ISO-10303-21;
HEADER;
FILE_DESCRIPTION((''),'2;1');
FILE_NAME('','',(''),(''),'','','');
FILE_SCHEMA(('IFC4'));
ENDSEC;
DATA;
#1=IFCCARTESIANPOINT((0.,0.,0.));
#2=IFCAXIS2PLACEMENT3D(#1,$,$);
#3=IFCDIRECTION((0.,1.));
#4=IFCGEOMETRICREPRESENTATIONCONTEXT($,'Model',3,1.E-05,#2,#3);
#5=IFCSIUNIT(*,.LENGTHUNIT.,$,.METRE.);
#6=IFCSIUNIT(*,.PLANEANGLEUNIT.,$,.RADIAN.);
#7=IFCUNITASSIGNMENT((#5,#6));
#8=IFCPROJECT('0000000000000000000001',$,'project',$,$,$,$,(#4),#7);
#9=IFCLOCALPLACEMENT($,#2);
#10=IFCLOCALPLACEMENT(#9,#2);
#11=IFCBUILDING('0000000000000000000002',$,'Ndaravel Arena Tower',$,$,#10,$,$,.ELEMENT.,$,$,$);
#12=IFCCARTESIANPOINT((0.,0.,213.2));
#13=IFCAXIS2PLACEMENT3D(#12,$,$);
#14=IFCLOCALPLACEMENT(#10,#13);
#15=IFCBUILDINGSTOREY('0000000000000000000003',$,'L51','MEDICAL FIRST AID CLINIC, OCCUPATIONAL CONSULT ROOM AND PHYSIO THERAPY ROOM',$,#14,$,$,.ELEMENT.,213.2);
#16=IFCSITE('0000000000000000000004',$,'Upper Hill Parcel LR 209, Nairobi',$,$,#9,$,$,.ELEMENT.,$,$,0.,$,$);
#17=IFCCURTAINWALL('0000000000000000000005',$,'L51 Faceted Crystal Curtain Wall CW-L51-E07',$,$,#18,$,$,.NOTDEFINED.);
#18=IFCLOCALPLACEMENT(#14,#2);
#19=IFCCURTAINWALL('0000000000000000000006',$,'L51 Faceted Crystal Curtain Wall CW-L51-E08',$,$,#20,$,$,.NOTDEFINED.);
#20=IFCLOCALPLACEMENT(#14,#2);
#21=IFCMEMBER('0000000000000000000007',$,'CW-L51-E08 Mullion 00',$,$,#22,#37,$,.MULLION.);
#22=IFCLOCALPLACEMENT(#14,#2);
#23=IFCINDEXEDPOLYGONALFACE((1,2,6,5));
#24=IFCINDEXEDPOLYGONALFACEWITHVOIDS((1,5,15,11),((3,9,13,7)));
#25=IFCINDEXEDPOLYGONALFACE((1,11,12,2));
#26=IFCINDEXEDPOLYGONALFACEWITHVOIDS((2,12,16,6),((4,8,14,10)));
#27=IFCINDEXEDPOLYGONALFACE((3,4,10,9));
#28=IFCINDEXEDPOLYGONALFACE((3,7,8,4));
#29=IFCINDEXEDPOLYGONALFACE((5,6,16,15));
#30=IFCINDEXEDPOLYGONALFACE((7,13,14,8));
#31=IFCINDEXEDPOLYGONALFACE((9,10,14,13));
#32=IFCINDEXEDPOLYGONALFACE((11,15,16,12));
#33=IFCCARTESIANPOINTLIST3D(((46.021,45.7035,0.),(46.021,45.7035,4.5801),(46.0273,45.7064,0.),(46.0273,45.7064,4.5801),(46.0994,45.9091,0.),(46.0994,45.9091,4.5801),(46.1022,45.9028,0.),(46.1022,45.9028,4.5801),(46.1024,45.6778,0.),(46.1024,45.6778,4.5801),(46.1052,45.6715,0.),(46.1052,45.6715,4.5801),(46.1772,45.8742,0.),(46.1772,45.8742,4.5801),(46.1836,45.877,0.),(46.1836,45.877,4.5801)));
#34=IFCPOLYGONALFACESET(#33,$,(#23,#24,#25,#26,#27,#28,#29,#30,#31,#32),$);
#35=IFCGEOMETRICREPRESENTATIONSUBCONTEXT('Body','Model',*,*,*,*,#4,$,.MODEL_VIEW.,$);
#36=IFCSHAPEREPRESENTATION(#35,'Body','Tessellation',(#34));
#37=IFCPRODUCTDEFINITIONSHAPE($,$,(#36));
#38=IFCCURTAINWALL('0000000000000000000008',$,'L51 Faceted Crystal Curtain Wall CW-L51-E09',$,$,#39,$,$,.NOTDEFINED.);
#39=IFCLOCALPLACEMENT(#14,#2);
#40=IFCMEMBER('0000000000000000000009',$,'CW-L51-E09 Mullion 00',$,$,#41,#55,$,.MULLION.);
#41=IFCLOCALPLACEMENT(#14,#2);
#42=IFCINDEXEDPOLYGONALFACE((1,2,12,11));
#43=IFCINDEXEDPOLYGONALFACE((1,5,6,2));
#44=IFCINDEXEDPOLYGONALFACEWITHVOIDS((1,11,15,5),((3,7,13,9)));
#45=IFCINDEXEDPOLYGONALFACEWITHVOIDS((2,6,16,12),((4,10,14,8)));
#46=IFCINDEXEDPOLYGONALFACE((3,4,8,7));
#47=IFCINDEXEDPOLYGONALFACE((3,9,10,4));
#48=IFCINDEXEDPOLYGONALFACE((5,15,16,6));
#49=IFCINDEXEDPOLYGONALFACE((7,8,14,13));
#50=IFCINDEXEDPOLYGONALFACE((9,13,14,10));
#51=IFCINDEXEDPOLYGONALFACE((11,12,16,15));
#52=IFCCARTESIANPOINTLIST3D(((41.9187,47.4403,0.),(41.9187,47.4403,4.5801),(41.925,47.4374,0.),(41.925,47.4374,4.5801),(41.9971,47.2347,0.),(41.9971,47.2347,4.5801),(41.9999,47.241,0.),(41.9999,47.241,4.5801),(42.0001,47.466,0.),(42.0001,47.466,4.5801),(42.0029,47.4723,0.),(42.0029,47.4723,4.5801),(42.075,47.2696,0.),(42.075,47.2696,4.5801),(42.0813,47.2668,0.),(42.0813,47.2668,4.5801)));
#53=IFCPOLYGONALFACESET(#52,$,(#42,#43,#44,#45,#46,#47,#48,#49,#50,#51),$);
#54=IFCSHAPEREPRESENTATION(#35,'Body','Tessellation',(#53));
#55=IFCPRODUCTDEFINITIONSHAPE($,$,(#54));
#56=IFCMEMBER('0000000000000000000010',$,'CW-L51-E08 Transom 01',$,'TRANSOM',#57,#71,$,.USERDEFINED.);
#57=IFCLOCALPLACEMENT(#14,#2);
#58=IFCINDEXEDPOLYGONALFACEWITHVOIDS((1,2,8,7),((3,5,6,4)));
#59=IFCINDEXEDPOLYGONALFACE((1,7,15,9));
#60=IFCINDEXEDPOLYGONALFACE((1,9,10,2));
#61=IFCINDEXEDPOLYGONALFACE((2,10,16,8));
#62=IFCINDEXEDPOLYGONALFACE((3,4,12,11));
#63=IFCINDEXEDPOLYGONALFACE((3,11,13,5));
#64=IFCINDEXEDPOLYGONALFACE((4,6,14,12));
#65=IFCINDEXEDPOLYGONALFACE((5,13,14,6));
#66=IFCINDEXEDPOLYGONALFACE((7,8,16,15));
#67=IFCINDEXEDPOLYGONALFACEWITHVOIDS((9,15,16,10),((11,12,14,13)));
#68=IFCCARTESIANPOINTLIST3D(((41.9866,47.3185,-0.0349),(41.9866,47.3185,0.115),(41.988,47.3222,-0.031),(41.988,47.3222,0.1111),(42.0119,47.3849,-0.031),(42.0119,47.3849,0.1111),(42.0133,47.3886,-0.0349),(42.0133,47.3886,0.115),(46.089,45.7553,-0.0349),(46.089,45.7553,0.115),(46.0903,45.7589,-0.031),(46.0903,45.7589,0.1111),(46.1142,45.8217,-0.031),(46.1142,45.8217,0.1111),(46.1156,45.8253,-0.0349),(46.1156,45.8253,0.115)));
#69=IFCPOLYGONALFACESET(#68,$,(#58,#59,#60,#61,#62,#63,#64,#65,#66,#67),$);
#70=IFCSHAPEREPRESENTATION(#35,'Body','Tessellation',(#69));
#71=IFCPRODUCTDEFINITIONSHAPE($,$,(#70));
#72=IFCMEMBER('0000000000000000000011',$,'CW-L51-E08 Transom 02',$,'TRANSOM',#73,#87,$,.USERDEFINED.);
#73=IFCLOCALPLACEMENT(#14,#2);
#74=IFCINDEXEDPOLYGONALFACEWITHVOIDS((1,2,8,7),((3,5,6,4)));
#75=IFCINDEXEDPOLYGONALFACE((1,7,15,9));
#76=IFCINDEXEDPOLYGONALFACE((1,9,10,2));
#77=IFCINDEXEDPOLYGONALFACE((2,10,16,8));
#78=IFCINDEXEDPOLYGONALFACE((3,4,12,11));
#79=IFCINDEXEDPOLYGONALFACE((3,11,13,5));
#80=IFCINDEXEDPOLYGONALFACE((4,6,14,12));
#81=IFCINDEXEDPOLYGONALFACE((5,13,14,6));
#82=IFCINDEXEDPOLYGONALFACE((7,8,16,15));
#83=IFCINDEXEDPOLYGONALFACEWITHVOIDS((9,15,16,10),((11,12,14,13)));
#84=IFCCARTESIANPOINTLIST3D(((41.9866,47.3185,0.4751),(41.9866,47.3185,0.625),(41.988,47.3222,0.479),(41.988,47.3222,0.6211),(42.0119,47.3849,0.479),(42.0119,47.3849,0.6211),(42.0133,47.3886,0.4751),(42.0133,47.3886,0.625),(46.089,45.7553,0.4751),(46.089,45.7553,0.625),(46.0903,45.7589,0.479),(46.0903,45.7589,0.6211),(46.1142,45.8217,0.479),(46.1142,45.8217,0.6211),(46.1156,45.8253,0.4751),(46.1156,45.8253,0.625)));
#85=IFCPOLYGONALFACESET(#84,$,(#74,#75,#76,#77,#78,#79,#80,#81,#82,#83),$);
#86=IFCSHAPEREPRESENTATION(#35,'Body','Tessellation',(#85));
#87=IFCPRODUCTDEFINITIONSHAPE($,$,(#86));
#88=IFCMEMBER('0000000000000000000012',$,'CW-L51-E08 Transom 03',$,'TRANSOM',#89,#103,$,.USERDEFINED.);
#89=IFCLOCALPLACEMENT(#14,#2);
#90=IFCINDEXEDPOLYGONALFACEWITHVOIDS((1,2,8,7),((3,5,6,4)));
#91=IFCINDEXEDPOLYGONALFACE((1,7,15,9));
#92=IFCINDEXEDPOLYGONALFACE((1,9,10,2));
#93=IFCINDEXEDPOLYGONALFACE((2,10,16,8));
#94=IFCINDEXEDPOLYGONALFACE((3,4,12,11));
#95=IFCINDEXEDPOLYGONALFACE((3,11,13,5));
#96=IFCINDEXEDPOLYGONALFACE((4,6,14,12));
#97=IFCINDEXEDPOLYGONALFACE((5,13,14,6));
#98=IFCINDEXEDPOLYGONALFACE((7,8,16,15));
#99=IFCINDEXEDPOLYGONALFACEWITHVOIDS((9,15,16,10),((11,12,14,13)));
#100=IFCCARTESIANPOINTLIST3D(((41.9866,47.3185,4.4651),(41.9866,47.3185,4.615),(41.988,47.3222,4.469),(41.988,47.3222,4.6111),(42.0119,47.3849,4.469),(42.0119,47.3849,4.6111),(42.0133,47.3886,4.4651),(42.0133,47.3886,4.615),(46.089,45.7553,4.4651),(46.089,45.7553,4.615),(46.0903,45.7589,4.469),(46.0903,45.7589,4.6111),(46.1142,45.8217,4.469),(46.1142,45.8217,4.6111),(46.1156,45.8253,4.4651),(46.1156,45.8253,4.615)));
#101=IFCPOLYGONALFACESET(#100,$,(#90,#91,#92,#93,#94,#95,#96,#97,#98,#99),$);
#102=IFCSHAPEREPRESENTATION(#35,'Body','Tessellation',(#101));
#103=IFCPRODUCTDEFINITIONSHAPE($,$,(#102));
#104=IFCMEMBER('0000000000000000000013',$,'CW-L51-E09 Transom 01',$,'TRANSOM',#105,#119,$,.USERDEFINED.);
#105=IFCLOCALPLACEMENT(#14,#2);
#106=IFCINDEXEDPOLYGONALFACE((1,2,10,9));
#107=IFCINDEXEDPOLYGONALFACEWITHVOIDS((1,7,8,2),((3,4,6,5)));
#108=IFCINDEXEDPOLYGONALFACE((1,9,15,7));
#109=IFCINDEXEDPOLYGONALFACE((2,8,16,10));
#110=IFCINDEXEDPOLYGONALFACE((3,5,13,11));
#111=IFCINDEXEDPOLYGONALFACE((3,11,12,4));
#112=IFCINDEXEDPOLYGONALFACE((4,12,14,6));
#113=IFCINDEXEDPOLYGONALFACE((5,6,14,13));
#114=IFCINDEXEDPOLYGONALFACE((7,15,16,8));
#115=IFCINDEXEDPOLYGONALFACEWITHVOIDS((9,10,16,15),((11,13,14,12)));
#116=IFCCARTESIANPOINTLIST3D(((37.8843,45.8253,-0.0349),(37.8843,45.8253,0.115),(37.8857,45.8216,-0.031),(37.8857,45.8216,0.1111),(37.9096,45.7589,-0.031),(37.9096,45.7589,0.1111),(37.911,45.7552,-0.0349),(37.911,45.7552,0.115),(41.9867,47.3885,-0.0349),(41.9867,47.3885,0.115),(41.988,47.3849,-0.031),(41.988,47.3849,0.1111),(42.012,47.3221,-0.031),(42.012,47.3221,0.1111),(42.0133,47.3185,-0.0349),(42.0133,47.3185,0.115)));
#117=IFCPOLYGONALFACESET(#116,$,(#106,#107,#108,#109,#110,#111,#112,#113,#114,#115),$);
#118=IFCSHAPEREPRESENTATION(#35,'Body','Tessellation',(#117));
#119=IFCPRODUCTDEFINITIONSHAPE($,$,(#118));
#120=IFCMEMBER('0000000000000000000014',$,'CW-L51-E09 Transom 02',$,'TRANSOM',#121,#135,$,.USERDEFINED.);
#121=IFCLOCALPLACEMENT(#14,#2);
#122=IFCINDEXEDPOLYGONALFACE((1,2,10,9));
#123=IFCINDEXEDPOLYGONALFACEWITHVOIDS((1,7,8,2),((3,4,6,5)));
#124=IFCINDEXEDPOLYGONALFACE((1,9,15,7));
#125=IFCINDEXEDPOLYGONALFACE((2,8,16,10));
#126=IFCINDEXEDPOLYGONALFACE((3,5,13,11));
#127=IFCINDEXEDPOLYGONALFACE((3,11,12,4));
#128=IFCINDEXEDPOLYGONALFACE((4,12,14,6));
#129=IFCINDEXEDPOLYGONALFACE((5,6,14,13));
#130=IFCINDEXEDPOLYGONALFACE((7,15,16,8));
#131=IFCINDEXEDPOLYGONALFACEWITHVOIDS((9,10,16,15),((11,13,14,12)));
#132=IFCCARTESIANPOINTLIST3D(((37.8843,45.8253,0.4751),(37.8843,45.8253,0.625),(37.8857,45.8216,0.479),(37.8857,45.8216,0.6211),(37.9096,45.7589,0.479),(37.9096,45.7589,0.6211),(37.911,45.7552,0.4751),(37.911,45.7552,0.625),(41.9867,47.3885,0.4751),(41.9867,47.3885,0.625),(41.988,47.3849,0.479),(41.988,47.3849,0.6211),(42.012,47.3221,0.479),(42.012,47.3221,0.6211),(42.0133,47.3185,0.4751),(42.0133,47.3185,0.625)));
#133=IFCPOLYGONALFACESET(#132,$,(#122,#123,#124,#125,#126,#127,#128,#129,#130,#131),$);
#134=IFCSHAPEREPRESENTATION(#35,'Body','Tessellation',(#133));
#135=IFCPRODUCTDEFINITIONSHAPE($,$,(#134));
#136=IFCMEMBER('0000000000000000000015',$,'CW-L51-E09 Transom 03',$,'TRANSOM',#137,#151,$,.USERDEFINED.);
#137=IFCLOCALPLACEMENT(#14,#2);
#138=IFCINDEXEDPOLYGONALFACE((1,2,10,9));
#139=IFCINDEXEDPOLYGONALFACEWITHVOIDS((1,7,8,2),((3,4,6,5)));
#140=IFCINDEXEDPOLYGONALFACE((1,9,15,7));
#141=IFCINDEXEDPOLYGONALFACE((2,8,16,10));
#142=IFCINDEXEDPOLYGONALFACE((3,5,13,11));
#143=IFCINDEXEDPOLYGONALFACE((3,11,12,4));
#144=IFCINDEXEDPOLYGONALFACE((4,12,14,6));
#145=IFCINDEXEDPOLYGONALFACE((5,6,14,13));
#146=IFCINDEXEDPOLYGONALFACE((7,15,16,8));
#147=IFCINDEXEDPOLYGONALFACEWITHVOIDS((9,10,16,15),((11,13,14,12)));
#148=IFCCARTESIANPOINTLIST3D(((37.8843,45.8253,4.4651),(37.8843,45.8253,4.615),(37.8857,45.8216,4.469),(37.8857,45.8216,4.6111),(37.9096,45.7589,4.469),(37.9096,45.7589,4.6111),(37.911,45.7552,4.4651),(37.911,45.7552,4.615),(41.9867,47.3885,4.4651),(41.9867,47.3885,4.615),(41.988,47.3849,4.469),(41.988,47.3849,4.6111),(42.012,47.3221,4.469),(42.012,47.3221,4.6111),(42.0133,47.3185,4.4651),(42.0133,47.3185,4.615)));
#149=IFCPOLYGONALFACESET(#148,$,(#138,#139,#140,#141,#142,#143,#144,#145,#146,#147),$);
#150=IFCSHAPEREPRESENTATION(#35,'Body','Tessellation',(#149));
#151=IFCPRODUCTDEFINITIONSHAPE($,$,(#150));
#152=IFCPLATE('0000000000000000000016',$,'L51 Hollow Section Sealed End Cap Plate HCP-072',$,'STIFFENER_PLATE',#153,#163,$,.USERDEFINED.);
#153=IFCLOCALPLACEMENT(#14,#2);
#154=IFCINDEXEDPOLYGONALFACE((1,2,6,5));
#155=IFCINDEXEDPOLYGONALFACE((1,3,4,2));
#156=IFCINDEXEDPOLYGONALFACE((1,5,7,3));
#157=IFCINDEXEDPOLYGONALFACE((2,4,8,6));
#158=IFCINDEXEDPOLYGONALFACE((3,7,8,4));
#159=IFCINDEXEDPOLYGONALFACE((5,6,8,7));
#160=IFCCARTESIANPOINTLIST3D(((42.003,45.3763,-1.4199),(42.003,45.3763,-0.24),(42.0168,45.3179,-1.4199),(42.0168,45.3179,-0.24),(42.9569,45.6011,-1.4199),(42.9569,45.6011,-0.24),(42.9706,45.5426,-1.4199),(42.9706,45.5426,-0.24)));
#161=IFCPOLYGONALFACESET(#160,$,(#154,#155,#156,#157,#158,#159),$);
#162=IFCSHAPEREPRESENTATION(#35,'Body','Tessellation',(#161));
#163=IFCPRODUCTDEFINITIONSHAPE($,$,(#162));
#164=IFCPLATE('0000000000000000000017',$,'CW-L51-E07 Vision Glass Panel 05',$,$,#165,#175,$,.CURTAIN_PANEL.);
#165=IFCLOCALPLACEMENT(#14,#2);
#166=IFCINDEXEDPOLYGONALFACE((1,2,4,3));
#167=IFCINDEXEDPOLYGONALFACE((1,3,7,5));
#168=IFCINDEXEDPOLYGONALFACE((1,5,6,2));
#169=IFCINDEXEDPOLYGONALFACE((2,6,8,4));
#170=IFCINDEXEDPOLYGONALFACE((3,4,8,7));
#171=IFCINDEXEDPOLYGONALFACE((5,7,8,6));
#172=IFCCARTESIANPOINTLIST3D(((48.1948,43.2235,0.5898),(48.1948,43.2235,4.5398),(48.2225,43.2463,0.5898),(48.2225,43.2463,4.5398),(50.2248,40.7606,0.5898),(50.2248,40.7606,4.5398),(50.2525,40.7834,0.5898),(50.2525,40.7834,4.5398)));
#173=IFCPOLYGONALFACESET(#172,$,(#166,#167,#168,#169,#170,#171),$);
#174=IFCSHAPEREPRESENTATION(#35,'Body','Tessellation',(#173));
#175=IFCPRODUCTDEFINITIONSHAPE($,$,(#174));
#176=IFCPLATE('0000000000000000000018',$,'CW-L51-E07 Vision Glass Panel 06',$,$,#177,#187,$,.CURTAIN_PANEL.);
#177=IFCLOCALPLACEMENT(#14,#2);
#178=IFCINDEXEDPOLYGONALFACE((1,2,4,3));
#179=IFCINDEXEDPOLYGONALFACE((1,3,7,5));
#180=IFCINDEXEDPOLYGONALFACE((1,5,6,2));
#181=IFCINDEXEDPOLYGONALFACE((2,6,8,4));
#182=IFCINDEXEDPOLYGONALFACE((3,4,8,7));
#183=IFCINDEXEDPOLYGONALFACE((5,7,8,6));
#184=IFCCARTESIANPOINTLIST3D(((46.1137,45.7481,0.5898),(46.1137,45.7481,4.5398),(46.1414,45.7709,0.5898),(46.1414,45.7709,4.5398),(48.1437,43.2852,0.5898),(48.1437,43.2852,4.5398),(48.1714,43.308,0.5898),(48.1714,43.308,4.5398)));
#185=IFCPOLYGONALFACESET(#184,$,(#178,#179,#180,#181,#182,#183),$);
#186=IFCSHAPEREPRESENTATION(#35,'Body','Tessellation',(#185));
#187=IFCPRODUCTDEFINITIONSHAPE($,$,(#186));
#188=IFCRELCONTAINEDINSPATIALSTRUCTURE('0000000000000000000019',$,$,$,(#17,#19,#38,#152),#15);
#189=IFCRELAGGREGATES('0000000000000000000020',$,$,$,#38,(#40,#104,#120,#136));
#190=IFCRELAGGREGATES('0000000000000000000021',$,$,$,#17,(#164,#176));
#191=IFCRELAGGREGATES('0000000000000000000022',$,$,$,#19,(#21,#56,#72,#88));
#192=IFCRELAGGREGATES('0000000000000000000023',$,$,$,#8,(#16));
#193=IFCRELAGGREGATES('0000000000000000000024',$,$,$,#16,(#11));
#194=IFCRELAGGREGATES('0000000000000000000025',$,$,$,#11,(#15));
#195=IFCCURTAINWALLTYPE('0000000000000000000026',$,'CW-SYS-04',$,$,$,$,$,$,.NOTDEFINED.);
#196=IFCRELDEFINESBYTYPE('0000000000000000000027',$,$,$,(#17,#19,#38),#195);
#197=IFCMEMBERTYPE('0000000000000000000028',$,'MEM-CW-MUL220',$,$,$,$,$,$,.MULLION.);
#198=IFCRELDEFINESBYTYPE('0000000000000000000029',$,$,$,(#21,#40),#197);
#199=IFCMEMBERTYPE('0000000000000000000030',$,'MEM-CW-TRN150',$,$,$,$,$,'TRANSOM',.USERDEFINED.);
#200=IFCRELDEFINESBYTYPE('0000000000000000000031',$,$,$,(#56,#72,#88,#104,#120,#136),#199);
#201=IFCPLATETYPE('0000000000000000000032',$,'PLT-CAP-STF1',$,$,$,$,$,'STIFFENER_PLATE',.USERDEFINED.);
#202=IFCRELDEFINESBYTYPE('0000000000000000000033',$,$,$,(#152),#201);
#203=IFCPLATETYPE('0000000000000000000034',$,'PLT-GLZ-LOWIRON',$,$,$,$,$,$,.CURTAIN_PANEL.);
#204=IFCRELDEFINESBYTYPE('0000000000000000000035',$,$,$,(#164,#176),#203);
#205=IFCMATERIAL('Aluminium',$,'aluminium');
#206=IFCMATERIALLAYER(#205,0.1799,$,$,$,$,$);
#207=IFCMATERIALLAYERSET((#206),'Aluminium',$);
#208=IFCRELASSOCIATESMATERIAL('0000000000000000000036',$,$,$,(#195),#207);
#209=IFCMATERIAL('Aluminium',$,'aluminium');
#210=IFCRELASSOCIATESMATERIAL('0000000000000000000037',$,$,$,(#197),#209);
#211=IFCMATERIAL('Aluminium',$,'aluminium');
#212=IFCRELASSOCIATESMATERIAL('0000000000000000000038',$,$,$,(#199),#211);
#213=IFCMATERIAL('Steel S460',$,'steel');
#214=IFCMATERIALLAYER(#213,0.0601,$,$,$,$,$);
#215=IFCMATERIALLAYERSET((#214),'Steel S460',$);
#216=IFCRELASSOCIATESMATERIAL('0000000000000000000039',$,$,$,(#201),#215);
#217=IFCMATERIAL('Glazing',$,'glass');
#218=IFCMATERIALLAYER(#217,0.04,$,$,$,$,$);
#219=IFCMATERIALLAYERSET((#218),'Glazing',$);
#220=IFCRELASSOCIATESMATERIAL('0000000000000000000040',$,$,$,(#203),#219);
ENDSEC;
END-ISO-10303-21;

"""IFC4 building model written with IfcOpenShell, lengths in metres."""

from ifc_helpers import new_model, si_unit, direction, frame, origin, origin_2d, place, context, subcontext, project, spatial, rectangle, hollow_rectangle, extrude, material, layer, layer_set, material_profile, profile_set, type_object, element, aggregate, save


model = new_model("IFC4")

# Units and contexts
model_context = context("Model", 3, precision=1e-05, world=origin(), true_north=direction((0.0, 1.0)))
body_context = subcontext(model_context, "Body", "Model", "MODEL_VIEW")
ifc_project = project(units=[si_unit("LENGTHUNIT", "METRE"), si_unit("PLANEANGLEUNIT", "RADIAN")], contexts=[model_context])

# Site, building, storey
site_placement = place(None, origin())
site = spatial("IfcSite", under=ifc_project, at=site_placement, Name="Upper Hill Parcel LR 209, Nairobi", CompositionType="ELEMENT", RefElevation=0.0)
building_placement = place(site_placement, origin())
building = spatial("IfcBuilding", under=site, at=building_placement, Name="Ndaravel Arena Tower", CompositionType="ELEMENT")
storey_placement = place(building_placement, frame((0.0, 0.0, 213.2)))
storey = spatial("IfcBuildingStorey", under=building, at=storey_placement, Name="L51", Description="MEDICAL FIRST AID CLINIC, OCCUPATIONAL CONSULT ROOM AND PHYSIO THERAPY ROOM", CompositionType="ELEMENT", Elevation=213.2)

# Curtain walls, members
ifc_material_1 = material(Name="Aluminium", Category="aluminium")
ifc_layer_1 = layer(ifc_material_1, 0.1799)
ifc_layer_set_1 = layer_set([ifc_layer_1], Name="Aluminium")
curtain_wall_type = type_object("IfcCurtainWallType", Name="CW-SYS-04", PredefinedType="NOTDEFINED", material=ifc_layer_set_1)
curtain_wall_1_placement = place(storey_placement, origin())
curtain_wall_1 = element("IfcCurtainWall", 1, at=curtain_wall_1_placement, inside=storey, type_object=curtain_wall_type, Name="L51 Faceted Crystal Curtain Wall CW-L51-E07", PredefinedType="NOTDEFINED")
ifc_material_2 = material(Name="Aluminium", Category="aluminium")
ifc_material_profile_1 = material_profile(ifc_material_2, hollow_rectangle(XDim=0.0901, YDim=0.22, WallThickness=0.0049, at=origin_2d()), Name="CW MULLION 90x220x5")
ifc_profile_set_1 = profile_set([ifc_material_profile_1], Name="Aluminium")
member_type_1 = type_object("IfcMemberType", Name="MEM-CW-MUL220", PredefinedType="MULLION", material=ifc_profile_set_1)
curtain_wall_2_placement = place(storey_placement, origin())
curtain_wall_2 = element("IfcCurtainWall", 2, at=curtain_wall_2_placement, inside=storey, type_object=curtain_wall_type, Name="L51 Faceted Crystal Curtain Wall CW-L51-E08", PredefinedType="NOTDEFINED")
member_1_placement = place(storey_placement, frame((46.1023, 45.7903, 0.0), z_axis=(0.0, 0.0, 1.0), x_axis=(-0.934453, 0.356086, 0.0)))
member_1 = element("IfcMember", 3, at=member_1_placement, type_object=member_type_1, Name="CW-L51-E08 Mullion 00", PredefinedType="MULLION", context=body_context, shape_type="SweptSolid", body=[
    extrude(hollow_rectangle(XDim=0.0901, YDim=0.22, WallThickness=0.0049, at=origin_2d()), origin(), (0.0, 0.0, 1.0), 4.5801),
])
curtain_wall_3_placement = place(storey_placement, origin())
curtain_wall_3 = element("IfcCurtainWall", 4, at=curtain_wall_3_placement, inside=storey, type_object=curtain_wall_type, Name="L51 Faceted Crystal Curtain Wall CW-L51-E09", PredefinedType="NOTDEFINED")
member_2_placement = place(storey_placement, frame((42.0, 47.3535, 0.0), z_axis=(0.0, 0.0, 1.0), x_axis=(-0.934453, -0.356086, 0.0)))
member_2 = element("IfcMember", 5, at=member_2_placement, type_object=member_type_1, Name="CW-L51-E09 Mullion 00", PredefinedType="MULLION", context=body_context, shape_type="SweptSolid", body=[
    extrude(hollow_rectangle(XDim=0.0901, YDim=0.22, WallThickness=0.0049, at=origin_2d()), origin(), (0.0, 0.0, 1.0), 4.5801),
])

# Members
ifc_material_3 = material(Name="Aluminium", Category="aluminium")
ifc_material_profile_2 = material_profile(ifc_material_3, hollow_rectangle(XDim=0.075, YDim=0.1499, WallThickness=0.0039, at=origin_2d()), Name="CW TRANSOM 75x150x4")
ifc_profile_set_2 = profile_set([ifc_material_profile_2], Name="Aluminium")
member_type_2 = type_object("IfcMemberType", Name="MEM-CW-TRN150", ElementType="TRANSOM", PredefinedType="USERDEFINED", material=ifc_profile_set_2)
member_3_placement = place(storey_placement, frame((46.1023, 45.7903, 0.04), z_axis=(-0.934453, 0.356086, 0.0), x_axis=(-0.356086, -0.934453, 0.0)))
member_3 = element("IfcMember", 6, at=member_3_placement, type_object=member_type_2, Name="CW-L51-E08 Transom 01", ObjectType="TRANSOM", PredefinedType="USERDEFINED", context=body_context, shape_type="SweptSolid", body=[
    extrude(hollow_rectangle(XDim=0.075, YDim=0.1499, WallThickness=0.0039, at=origin_2d()), origin(), (0.0, 0.0, 1.0), 4.3901),
])
member_4_placement = place(storey_placement, frame((46.1023, 45.7903, 0.55), z_axis=(-0.934453, 0.356086, 0.0), x_axis=(-0.356086, -0.934453, 0.0)))
member_4 = element("IfcMember", 7, at=member_4_placement, type_object=member_type_2, Name="CW-L51-E08 Transom 02", ObjectType="TRANSOM", PredefinedType="USERDEFINED", context=body_context, shape_type="SweptSolid", body=[
    extrude(hollow_rectangle(XDim=0.075, YDim=0.1499, WallThickness=0.0039, at=origin_2d()), origin(), (0.0, 0.0, 1.0), 4.3901),
])
member_5_placement = place(storey_placement, frame((46.1023, 45.7903, 4.54), z_axis=(-0.934453, 0.356086, 0.0), x_axis=(-0.356086, -0.934453, 0.0)))
member_5 = element("IfcMember", 8, at=member_5_placement, type_object=member_type_2, Name="CW-L51-E08 Transom 03", ObjectType="TRANSOM", PredefinedType="USERDEFINED", context=body_context, shape_type="SweptSolid", body=[
    extrude(hollow_rectangle(XDim=0.075, YDim=0.1499, WallThickness=0.0039, at=origin_2d()), origin(), (0.0, 0.0, 1.0), 4.3901),
])
member_6_placement = place(storey_placement, frame((42.0, 47.3535, 0.04), z_axis=(-0.934453, -0.356086, 0.0), x_axis=(0.356086, -0.934453, 0.0)))
member_6 = element("IfcMember", 9, at=member_6_placement, type_object=member_type_2, Name="CW-L51-E09 Transom 01", ObjectType="TRANSOM", PredefinedType="USERDEFINED", context=body_context, shape_type="SweptSolid", body=[
    extrude(hollow_rectangle(XDim=0.075, YDim=0.1499, WallThickness=0.0039, at=origin_2d()), origin(), (0.0, 0.0, 1.0), 4.3901),
])
member_7_placement = place(storey_placement, frame((42.0, 47.3535, 0.55), z_axis=(-0.934453, -0.356086, 0.0), x_axis=(0.356086, -0.934453, 0.0)))
member_7 = element("IfcMember", 10, at=member_7_placement, type_object=member_type_2, Name="CW-L51-E09 Transom 02", ObjectType="TRANSOM", PredefinedType="USERDEFINED", context=body_context, shape_type="SweptSolid", body=[
    extrude(hollow_rectangle(XDim=0.075, YDim=0.1499, WallThickness=0.0039, at=origin_2d()), origin(), (0.0, 0.0, 1.0), 4.3901),
])
member_8_placement = place(storey_placement, frame((42.0, 47.3535, 4.54), z_axis=(-0.934453, -0.356086, 0.0), x_axis=(0.356086, -0.934453, 0.0)))
member_8 = element("IfcMember", 11, at=member_8_placement, type_object=member_type_2, Name="CW-L51-E09 Transom 03", ObjectType="TRANSOM", PredefinedType="USERDEFINED", context=body_context, shape_type="SweptSolid", body=[
    extrude(hollow_rectangle(XDim=0.075, YDim=0.1499, WallThickness=0.0039, at=origin_2d()), origin(), (0.0, 0.0, 1.0), 4.3901),
])
aggregate(curtain_wall_3, [member_2, member_6, member_7, member_8])

# Plates
ifc_material_4 = material(Name="Steel S460", Category="steel")
ifc_layer_2 = layer(ifc_material_4, 0.0601)
ifc_layer_set_2 = layer_set([ifc_layer_2], Name="Steel S460")
plate_type_1 = type_object("IfcPlateType", Name="PLT-CAP-STF1", ElementType="STIFFENER_PLATE", PredefinedType="USERDEFINED", material=ifc_layer_set_2)
plate_1_placement = place(storey_placement, frame((42.4868, 45.4595, -1.4199), z_axis=(0.0, 0.0, 1.0), x_axis=(-0.22937, 0.973339, 0.0)))
element("IfcPlate", 12, at=plate_1_placement, inside=storey, type_object=plate_type_1, Name="L51 Hollow Section Sealed End Cap Plate HCP-072", ObjectType="STIFFENER_PLATE", PredefinedType="USERDEFINED", context=body_context, shape_type="SweptSolid", body=[
    extrude(rectangle(XDim=0.0601, YDim=0.98, at=origin_2d()), origin(), (0.0, 0.0, 1.0), 1.1799),
])
ifc_material_5 = material(Name="Glazing", Category="glass")
ifc_layer_3 = layer(ifc_material_5, 0.04)
ifc_layer_set_3 = layer_set([ifc_layer_3], Name="Glazing")
plate_type_2 = type_object("IfcPlateType", Name="PLT-GLZ-LOWIRON", PredefinedType="CURTAIN_PANEL", material=ifc_layer_set_3)
plate_2_placement = place(storey_placement, frame((49.2236, 42.0034, 0.5898), z_axis=(0.0, 0.0, 1.0), x_axis=(-0.636024, 0.771669, 0.0)))
plate_2 = element("IfcPlate", 13, at=plate_2_placement, type_object=plate_type_2, Name="CW-L51-E07 Vision Glass Panel 05", PredefinedType="CURTAIN_PANEL", context=body_context, shape_type="SweptSolid", body=[
    extrude(rectangle(XDim=3.1917, YDim=0.0359, at=origin_2d()), origin(), (0.0, 0.0, 1.0), 3.95),
])
plate_3_placement = place(storey_placement, frame((47.1426, 44.5281, 0.5898), z_axis=(0.0, 0.0, 1.0), x_axis=(-0.636024, 0.771669, 0.0)))
plate_3 = element("IfcPlate", 14, at=plate_3_placement, type_object=plate_type_2, Name="CW-L51-E07 Vision Glass Panel 06", PredefinedType="CURTAIN_PANEL", context=body_context, shape_type="SweptSolid", body=[
    extrude(rectangle(XDim=3.1917, YDim=0.0359, at=origin_2d()), origin(), (0.0, 0.0, 1.0), 3.95),
])
aggregate(curtain_wall_1, [plate_2, plate_3])
aggregate(curtain_wall_2, [member_1, member_3, member_4, member_5])

save(model, "model.ifc")
